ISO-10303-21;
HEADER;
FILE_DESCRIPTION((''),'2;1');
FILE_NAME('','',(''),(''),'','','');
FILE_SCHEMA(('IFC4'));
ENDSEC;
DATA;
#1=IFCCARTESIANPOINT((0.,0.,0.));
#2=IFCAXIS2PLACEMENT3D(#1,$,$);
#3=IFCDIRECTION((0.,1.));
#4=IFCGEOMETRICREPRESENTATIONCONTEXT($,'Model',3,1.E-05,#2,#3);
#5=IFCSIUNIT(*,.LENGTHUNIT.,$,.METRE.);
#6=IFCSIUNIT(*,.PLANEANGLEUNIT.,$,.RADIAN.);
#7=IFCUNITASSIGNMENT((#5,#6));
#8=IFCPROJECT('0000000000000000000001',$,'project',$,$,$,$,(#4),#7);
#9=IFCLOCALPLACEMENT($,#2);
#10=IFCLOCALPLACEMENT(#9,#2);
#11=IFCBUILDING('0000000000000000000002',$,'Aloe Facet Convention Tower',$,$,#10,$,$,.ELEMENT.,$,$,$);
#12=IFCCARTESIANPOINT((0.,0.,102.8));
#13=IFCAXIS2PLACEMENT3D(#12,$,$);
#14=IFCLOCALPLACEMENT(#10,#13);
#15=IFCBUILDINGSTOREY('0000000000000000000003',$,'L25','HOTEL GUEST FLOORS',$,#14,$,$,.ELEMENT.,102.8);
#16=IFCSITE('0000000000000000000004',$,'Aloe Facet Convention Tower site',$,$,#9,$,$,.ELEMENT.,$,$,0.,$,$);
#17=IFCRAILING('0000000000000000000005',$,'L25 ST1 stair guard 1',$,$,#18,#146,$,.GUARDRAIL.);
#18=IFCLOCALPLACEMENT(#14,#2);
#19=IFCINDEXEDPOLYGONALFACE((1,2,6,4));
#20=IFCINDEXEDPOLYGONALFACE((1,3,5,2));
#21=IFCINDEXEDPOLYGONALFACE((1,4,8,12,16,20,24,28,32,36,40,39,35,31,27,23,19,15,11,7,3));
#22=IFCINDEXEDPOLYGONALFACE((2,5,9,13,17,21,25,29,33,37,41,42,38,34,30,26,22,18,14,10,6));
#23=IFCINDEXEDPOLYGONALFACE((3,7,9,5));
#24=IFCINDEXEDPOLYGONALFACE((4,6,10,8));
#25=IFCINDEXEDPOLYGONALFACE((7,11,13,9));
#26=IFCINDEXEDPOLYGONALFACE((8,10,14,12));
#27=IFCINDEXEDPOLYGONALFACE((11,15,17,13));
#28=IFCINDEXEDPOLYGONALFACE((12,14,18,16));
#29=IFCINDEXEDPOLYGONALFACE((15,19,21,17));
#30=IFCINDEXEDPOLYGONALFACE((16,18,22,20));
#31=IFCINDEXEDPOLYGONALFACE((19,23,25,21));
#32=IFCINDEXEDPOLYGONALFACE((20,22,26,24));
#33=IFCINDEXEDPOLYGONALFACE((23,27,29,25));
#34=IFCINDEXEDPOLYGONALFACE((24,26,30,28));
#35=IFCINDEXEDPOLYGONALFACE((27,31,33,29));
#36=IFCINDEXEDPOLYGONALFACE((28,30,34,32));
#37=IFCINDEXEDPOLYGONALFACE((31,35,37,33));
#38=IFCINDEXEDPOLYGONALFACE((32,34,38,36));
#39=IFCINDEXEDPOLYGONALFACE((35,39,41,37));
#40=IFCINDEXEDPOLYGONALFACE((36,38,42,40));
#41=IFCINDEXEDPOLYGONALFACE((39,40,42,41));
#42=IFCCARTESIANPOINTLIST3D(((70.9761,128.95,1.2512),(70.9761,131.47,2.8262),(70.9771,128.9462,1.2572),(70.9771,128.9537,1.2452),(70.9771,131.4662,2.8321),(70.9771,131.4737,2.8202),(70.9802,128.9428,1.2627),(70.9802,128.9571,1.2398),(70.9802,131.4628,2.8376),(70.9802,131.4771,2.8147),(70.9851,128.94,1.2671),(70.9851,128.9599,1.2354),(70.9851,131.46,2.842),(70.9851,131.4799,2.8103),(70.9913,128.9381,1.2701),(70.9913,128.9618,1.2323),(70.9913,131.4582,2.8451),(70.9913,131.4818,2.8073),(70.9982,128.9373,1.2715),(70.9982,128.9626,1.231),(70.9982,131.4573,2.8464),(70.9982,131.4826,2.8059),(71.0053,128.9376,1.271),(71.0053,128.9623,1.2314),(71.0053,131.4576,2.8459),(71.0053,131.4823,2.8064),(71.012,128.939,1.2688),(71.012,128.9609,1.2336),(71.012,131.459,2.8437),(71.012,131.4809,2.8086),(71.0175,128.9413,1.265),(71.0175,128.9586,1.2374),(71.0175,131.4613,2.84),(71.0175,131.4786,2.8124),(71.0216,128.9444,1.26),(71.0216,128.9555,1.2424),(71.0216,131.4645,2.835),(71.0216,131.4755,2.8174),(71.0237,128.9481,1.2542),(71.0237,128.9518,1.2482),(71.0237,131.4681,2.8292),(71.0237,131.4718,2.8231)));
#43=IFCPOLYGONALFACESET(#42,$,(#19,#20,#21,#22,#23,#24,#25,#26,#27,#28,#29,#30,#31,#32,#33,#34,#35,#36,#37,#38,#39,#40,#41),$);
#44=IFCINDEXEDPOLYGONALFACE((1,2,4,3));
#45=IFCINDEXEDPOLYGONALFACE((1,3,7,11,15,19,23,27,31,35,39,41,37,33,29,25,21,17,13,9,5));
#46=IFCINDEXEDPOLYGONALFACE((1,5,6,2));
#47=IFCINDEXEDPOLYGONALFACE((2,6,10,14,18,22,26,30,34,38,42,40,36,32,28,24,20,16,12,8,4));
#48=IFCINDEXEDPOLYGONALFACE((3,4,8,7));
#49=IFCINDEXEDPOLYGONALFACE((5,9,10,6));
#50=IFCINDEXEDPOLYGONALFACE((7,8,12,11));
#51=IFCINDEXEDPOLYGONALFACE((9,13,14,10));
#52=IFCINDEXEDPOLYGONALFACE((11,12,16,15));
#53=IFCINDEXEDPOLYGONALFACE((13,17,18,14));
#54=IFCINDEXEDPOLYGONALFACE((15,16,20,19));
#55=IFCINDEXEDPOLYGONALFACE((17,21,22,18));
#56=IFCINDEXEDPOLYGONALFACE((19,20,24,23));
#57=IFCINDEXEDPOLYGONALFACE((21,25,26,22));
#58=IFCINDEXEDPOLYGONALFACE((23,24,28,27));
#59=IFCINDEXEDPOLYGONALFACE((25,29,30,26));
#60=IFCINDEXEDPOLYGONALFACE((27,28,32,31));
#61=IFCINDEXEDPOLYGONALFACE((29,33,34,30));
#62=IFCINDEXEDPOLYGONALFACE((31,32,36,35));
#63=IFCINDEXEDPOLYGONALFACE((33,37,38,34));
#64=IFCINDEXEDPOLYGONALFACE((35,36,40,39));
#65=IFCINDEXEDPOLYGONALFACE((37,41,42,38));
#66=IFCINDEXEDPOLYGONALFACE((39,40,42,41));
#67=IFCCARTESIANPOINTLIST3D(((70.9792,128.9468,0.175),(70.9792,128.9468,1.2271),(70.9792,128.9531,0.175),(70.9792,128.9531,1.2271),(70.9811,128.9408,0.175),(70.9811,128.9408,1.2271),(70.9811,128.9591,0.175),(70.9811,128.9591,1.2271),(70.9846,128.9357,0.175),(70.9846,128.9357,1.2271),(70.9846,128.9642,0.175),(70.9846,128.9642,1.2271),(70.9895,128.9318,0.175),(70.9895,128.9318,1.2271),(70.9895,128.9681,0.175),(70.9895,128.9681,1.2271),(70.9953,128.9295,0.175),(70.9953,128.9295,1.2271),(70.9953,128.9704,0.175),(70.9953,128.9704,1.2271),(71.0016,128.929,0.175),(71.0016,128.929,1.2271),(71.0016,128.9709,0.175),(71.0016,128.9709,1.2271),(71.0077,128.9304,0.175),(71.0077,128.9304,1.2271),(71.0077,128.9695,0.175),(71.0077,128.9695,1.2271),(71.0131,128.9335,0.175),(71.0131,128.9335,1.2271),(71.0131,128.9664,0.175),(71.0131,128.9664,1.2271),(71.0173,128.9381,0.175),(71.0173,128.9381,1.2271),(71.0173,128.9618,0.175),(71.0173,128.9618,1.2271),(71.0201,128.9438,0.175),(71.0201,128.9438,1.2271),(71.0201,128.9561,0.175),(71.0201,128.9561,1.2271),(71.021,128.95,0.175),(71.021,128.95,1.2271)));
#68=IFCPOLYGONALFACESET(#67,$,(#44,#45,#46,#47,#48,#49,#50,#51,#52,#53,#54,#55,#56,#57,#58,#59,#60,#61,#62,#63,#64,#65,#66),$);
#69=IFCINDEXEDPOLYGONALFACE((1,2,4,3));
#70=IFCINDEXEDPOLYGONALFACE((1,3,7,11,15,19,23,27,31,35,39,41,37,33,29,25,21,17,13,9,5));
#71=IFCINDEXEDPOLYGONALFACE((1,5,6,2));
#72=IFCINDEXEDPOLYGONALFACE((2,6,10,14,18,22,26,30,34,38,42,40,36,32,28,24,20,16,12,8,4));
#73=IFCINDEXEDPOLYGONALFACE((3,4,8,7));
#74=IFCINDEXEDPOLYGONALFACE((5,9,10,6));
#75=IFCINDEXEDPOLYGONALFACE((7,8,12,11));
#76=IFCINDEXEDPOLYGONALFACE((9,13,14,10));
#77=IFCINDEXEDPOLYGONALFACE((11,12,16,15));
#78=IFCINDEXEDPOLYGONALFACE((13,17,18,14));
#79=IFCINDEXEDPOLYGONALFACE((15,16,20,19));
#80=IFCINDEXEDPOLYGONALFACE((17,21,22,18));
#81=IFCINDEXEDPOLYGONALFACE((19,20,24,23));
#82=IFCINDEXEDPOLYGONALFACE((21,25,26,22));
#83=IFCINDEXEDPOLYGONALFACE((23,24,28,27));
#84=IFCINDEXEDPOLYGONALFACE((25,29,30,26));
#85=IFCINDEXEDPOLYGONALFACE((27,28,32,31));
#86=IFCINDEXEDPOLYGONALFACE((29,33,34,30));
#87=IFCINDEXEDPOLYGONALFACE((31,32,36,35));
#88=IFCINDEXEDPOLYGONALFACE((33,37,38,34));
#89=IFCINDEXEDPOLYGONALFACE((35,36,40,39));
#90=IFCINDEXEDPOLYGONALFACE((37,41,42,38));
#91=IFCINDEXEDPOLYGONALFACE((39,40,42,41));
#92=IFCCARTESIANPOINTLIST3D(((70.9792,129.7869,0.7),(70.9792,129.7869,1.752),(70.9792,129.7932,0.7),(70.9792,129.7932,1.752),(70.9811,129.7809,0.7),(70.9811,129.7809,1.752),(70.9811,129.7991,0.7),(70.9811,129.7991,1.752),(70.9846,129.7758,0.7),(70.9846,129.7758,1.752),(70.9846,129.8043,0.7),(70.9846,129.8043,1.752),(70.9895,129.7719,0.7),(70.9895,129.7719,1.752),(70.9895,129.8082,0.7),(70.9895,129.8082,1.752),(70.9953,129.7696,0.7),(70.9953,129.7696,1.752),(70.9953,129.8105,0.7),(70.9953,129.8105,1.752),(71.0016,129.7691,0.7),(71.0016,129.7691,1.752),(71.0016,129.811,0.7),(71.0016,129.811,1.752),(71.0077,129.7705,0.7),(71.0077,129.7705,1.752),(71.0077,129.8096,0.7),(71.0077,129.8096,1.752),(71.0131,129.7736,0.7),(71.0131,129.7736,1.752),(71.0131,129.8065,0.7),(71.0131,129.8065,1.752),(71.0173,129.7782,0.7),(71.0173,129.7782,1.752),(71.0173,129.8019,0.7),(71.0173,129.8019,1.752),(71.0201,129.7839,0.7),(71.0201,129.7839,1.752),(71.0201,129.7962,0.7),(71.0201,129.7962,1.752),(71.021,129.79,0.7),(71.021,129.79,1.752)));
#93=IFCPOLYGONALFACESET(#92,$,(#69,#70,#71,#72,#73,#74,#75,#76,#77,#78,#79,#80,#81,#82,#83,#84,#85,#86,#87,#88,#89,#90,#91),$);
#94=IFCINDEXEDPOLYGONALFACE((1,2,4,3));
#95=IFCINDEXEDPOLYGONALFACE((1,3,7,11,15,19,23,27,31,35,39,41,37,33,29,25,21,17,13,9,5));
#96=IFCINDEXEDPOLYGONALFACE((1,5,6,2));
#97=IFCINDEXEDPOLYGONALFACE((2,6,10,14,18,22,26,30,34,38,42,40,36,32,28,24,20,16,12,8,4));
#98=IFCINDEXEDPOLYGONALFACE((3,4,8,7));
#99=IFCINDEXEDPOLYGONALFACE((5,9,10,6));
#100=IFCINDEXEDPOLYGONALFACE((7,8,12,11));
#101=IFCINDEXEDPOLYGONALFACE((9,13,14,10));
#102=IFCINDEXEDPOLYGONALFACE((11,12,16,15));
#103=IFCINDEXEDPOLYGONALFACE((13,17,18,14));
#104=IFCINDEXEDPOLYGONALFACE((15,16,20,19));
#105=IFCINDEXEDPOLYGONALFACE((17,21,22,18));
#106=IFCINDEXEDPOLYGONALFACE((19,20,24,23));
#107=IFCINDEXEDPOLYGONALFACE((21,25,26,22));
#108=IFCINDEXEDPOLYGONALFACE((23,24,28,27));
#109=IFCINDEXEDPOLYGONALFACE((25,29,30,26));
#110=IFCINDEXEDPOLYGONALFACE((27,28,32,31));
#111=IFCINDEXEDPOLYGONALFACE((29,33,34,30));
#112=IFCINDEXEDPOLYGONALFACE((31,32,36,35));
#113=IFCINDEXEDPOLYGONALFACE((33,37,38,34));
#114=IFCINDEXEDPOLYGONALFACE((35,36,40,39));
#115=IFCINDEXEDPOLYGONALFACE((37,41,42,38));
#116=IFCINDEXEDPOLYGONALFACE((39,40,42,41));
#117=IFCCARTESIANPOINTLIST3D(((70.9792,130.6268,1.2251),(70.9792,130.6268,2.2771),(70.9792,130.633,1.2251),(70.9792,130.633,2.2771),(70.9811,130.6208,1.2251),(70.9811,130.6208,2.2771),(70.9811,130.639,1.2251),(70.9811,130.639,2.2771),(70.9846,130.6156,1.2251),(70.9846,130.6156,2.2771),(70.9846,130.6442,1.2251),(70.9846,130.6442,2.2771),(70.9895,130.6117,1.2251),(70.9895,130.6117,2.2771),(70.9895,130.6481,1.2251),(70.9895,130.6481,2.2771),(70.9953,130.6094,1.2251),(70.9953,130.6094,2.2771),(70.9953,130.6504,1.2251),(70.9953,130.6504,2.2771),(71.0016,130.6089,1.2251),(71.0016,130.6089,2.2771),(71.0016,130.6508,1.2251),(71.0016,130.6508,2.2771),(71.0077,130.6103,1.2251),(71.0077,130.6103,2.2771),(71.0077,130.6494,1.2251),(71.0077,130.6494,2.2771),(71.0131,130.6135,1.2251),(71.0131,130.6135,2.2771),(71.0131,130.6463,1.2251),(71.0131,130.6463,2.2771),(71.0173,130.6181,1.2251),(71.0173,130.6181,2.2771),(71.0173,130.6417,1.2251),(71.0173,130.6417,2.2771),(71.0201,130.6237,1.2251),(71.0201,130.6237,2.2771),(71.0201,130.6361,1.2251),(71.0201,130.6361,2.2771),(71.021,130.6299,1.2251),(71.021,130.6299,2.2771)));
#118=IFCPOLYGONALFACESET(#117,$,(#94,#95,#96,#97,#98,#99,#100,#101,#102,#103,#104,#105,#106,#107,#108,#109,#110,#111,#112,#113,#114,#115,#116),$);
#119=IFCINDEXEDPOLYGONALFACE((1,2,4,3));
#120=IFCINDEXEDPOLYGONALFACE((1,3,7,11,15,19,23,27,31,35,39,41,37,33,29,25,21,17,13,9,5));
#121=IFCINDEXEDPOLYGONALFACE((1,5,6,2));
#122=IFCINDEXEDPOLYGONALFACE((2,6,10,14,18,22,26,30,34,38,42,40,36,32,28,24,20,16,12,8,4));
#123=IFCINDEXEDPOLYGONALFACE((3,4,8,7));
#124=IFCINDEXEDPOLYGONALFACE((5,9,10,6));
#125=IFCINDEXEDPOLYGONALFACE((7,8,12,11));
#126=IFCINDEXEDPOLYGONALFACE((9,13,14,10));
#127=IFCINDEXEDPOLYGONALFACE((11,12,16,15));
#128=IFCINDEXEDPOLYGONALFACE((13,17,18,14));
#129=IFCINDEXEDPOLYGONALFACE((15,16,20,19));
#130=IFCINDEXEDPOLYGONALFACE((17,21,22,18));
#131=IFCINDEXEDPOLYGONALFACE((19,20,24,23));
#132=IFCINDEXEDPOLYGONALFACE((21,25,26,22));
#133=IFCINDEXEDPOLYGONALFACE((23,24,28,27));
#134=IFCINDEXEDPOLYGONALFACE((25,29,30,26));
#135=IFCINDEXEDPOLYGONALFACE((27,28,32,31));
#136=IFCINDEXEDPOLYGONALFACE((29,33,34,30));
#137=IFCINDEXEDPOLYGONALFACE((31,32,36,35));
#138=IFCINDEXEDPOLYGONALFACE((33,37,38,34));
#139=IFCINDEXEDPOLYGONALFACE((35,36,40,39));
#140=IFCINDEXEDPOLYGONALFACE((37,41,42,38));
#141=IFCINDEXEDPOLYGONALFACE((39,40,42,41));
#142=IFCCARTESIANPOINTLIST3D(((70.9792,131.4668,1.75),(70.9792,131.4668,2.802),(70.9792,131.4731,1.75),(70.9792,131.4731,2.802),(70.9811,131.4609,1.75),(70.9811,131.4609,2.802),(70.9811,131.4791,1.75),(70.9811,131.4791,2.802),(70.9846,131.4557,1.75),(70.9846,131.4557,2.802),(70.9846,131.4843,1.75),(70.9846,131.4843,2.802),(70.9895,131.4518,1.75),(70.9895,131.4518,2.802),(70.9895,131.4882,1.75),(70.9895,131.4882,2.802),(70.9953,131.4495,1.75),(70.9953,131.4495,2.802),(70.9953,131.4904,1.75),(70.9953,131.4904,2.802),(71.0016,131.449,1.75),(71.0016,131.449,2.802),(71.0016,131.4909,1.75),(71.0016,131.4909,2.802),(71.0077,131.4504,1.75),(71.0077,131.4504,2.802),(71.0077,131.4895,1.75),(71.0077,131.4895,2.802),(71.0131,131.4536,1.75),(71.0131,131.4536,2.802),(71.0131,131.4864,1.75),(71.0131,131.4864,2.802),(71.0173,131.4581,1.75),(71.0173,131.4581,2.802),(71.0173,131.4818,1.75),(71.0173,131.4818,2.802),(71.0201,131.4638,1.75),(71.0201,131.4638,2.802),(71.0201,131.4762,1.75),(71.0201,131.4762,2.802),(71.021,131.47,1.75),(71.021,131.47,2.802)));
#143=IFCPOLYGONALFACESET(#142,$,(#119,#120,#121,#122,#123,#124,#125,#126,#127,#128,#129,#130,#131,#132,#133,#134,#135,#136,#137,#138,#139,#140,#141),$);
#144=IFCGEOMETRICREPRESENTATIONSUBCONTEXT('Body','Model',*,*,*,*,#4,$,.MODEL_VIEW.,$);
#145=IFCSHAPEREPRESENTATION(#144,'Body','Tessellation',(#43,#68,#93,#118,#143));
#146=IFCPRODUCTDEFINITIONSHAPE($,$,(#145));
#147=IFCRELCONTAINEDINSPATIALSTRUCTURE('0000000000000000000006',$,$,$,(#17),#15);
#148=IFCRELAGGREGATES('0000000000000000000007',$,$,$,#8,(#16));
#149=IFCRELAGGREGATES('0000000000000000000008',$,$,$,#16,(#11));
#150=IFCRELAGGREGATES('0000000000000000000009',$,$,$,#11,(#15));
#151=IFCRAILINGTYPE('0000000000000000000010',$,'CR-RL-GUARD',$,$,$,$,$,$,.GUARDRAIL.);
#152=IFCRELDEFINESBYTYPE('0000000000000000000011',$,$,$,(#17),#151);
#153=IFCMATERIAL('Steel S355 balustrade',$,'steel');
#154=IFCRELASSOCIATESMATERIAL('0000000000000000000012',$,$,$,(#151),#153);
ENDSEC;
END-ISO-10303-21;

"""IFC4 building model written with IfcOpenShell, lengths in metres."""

from ifc_helpers import new_model, si_unit, direction, frame, origin, origin_2d, place, context, subcontext, project, spatial, circle, extrude, material, type_object, element, save


model = new_model("IFC4")

# Units and contexts
model_context = context("Model", 3, precision=1e-05, world=origin(), true_north=direction((0.0, 1.0)))
body_context = subcontext(model_context, "Body", "Model", "MODEL_VIEW")
ifc_project = project(units=[si_unit("LENGTHUNIT", "METRE"), si_unit("PLANEANGLEUNIT", "RADIAN")], contexts=[model_context])

# Site, building, storey
site_placement = place(None, origin())
site = spatial("IfcSite", under=ifc_project, at=site_placement, Name="Aloe Facet Convention Tower site", CompositionType="ELEMENT", RefElevation=0.0)
building_placement = place(site_placement, origin())
building = spatial("IfcBuilding", under=site, at=building_placement, Name="Aloe Facet Convention Tower", CompositionType="ELEMENT")
storey_placement = place(building_placement, frame((0.0, 0.0, 102.8)))
storey = spatial("IfcBuildingStorey", under=building, at=storey_placement, Name="L25", Description="HOTEL GUEST FLOORS", CompositionType="ELEMENT", Elevation=102.8)

# Railing
ifc_material_1 = material(Name="Steel S355 balustrade", Category="steel")
railing_type_1 = type_object("IfcRailingType", Name="CR-RL-GUARD", PredefinedType="GUARDRAIL", material=ifc_material_1)
railing_1_placement = place(storey_placement, frame((71.0, 128.95, 0.175)))
element("IfcRailing", 1, at=railing_1_placement, inside=storey, type_object=railing_type_1, Name="L25 ST1 stair guard 1", PredefinedType="GUARDRAIL", context=body_context, shape_type="SweptSolid", body=[
    extrude(circle(Radius=0.0239, at=origin_2d()), frame((0.0, 0.0, 1.0762), z_axis=(0.0, 0.848008, 0.529984), x_axis=(-1.0, 0.0, 0.0)), (0.0, 0.0, 1.0), 2.9717),
    extrude(circle(Radius=0.021, at=origin_2d()), origin(), (0.0, 0.0, 1.0), 1.052),
    extrude(circle(Radius=0.021, at=origin_2d()), frame((0.0, 0.8401, 0.5249)), (0.0, 0.0, 1.0), 1.052),
    extrude(circle(Radius=0.021, at=origin_2d()), frame((0.0, 1.6799, 1.05)), (0.0, 0.0, 1.0), 1.052),
    extrude(circle(Radius=0.021, at=origin_2d()), frame((0.0, 2.52, 1.575)), (0.0, 0.0, 1.0), 1.052),
])

save(model, "model.ifc")
